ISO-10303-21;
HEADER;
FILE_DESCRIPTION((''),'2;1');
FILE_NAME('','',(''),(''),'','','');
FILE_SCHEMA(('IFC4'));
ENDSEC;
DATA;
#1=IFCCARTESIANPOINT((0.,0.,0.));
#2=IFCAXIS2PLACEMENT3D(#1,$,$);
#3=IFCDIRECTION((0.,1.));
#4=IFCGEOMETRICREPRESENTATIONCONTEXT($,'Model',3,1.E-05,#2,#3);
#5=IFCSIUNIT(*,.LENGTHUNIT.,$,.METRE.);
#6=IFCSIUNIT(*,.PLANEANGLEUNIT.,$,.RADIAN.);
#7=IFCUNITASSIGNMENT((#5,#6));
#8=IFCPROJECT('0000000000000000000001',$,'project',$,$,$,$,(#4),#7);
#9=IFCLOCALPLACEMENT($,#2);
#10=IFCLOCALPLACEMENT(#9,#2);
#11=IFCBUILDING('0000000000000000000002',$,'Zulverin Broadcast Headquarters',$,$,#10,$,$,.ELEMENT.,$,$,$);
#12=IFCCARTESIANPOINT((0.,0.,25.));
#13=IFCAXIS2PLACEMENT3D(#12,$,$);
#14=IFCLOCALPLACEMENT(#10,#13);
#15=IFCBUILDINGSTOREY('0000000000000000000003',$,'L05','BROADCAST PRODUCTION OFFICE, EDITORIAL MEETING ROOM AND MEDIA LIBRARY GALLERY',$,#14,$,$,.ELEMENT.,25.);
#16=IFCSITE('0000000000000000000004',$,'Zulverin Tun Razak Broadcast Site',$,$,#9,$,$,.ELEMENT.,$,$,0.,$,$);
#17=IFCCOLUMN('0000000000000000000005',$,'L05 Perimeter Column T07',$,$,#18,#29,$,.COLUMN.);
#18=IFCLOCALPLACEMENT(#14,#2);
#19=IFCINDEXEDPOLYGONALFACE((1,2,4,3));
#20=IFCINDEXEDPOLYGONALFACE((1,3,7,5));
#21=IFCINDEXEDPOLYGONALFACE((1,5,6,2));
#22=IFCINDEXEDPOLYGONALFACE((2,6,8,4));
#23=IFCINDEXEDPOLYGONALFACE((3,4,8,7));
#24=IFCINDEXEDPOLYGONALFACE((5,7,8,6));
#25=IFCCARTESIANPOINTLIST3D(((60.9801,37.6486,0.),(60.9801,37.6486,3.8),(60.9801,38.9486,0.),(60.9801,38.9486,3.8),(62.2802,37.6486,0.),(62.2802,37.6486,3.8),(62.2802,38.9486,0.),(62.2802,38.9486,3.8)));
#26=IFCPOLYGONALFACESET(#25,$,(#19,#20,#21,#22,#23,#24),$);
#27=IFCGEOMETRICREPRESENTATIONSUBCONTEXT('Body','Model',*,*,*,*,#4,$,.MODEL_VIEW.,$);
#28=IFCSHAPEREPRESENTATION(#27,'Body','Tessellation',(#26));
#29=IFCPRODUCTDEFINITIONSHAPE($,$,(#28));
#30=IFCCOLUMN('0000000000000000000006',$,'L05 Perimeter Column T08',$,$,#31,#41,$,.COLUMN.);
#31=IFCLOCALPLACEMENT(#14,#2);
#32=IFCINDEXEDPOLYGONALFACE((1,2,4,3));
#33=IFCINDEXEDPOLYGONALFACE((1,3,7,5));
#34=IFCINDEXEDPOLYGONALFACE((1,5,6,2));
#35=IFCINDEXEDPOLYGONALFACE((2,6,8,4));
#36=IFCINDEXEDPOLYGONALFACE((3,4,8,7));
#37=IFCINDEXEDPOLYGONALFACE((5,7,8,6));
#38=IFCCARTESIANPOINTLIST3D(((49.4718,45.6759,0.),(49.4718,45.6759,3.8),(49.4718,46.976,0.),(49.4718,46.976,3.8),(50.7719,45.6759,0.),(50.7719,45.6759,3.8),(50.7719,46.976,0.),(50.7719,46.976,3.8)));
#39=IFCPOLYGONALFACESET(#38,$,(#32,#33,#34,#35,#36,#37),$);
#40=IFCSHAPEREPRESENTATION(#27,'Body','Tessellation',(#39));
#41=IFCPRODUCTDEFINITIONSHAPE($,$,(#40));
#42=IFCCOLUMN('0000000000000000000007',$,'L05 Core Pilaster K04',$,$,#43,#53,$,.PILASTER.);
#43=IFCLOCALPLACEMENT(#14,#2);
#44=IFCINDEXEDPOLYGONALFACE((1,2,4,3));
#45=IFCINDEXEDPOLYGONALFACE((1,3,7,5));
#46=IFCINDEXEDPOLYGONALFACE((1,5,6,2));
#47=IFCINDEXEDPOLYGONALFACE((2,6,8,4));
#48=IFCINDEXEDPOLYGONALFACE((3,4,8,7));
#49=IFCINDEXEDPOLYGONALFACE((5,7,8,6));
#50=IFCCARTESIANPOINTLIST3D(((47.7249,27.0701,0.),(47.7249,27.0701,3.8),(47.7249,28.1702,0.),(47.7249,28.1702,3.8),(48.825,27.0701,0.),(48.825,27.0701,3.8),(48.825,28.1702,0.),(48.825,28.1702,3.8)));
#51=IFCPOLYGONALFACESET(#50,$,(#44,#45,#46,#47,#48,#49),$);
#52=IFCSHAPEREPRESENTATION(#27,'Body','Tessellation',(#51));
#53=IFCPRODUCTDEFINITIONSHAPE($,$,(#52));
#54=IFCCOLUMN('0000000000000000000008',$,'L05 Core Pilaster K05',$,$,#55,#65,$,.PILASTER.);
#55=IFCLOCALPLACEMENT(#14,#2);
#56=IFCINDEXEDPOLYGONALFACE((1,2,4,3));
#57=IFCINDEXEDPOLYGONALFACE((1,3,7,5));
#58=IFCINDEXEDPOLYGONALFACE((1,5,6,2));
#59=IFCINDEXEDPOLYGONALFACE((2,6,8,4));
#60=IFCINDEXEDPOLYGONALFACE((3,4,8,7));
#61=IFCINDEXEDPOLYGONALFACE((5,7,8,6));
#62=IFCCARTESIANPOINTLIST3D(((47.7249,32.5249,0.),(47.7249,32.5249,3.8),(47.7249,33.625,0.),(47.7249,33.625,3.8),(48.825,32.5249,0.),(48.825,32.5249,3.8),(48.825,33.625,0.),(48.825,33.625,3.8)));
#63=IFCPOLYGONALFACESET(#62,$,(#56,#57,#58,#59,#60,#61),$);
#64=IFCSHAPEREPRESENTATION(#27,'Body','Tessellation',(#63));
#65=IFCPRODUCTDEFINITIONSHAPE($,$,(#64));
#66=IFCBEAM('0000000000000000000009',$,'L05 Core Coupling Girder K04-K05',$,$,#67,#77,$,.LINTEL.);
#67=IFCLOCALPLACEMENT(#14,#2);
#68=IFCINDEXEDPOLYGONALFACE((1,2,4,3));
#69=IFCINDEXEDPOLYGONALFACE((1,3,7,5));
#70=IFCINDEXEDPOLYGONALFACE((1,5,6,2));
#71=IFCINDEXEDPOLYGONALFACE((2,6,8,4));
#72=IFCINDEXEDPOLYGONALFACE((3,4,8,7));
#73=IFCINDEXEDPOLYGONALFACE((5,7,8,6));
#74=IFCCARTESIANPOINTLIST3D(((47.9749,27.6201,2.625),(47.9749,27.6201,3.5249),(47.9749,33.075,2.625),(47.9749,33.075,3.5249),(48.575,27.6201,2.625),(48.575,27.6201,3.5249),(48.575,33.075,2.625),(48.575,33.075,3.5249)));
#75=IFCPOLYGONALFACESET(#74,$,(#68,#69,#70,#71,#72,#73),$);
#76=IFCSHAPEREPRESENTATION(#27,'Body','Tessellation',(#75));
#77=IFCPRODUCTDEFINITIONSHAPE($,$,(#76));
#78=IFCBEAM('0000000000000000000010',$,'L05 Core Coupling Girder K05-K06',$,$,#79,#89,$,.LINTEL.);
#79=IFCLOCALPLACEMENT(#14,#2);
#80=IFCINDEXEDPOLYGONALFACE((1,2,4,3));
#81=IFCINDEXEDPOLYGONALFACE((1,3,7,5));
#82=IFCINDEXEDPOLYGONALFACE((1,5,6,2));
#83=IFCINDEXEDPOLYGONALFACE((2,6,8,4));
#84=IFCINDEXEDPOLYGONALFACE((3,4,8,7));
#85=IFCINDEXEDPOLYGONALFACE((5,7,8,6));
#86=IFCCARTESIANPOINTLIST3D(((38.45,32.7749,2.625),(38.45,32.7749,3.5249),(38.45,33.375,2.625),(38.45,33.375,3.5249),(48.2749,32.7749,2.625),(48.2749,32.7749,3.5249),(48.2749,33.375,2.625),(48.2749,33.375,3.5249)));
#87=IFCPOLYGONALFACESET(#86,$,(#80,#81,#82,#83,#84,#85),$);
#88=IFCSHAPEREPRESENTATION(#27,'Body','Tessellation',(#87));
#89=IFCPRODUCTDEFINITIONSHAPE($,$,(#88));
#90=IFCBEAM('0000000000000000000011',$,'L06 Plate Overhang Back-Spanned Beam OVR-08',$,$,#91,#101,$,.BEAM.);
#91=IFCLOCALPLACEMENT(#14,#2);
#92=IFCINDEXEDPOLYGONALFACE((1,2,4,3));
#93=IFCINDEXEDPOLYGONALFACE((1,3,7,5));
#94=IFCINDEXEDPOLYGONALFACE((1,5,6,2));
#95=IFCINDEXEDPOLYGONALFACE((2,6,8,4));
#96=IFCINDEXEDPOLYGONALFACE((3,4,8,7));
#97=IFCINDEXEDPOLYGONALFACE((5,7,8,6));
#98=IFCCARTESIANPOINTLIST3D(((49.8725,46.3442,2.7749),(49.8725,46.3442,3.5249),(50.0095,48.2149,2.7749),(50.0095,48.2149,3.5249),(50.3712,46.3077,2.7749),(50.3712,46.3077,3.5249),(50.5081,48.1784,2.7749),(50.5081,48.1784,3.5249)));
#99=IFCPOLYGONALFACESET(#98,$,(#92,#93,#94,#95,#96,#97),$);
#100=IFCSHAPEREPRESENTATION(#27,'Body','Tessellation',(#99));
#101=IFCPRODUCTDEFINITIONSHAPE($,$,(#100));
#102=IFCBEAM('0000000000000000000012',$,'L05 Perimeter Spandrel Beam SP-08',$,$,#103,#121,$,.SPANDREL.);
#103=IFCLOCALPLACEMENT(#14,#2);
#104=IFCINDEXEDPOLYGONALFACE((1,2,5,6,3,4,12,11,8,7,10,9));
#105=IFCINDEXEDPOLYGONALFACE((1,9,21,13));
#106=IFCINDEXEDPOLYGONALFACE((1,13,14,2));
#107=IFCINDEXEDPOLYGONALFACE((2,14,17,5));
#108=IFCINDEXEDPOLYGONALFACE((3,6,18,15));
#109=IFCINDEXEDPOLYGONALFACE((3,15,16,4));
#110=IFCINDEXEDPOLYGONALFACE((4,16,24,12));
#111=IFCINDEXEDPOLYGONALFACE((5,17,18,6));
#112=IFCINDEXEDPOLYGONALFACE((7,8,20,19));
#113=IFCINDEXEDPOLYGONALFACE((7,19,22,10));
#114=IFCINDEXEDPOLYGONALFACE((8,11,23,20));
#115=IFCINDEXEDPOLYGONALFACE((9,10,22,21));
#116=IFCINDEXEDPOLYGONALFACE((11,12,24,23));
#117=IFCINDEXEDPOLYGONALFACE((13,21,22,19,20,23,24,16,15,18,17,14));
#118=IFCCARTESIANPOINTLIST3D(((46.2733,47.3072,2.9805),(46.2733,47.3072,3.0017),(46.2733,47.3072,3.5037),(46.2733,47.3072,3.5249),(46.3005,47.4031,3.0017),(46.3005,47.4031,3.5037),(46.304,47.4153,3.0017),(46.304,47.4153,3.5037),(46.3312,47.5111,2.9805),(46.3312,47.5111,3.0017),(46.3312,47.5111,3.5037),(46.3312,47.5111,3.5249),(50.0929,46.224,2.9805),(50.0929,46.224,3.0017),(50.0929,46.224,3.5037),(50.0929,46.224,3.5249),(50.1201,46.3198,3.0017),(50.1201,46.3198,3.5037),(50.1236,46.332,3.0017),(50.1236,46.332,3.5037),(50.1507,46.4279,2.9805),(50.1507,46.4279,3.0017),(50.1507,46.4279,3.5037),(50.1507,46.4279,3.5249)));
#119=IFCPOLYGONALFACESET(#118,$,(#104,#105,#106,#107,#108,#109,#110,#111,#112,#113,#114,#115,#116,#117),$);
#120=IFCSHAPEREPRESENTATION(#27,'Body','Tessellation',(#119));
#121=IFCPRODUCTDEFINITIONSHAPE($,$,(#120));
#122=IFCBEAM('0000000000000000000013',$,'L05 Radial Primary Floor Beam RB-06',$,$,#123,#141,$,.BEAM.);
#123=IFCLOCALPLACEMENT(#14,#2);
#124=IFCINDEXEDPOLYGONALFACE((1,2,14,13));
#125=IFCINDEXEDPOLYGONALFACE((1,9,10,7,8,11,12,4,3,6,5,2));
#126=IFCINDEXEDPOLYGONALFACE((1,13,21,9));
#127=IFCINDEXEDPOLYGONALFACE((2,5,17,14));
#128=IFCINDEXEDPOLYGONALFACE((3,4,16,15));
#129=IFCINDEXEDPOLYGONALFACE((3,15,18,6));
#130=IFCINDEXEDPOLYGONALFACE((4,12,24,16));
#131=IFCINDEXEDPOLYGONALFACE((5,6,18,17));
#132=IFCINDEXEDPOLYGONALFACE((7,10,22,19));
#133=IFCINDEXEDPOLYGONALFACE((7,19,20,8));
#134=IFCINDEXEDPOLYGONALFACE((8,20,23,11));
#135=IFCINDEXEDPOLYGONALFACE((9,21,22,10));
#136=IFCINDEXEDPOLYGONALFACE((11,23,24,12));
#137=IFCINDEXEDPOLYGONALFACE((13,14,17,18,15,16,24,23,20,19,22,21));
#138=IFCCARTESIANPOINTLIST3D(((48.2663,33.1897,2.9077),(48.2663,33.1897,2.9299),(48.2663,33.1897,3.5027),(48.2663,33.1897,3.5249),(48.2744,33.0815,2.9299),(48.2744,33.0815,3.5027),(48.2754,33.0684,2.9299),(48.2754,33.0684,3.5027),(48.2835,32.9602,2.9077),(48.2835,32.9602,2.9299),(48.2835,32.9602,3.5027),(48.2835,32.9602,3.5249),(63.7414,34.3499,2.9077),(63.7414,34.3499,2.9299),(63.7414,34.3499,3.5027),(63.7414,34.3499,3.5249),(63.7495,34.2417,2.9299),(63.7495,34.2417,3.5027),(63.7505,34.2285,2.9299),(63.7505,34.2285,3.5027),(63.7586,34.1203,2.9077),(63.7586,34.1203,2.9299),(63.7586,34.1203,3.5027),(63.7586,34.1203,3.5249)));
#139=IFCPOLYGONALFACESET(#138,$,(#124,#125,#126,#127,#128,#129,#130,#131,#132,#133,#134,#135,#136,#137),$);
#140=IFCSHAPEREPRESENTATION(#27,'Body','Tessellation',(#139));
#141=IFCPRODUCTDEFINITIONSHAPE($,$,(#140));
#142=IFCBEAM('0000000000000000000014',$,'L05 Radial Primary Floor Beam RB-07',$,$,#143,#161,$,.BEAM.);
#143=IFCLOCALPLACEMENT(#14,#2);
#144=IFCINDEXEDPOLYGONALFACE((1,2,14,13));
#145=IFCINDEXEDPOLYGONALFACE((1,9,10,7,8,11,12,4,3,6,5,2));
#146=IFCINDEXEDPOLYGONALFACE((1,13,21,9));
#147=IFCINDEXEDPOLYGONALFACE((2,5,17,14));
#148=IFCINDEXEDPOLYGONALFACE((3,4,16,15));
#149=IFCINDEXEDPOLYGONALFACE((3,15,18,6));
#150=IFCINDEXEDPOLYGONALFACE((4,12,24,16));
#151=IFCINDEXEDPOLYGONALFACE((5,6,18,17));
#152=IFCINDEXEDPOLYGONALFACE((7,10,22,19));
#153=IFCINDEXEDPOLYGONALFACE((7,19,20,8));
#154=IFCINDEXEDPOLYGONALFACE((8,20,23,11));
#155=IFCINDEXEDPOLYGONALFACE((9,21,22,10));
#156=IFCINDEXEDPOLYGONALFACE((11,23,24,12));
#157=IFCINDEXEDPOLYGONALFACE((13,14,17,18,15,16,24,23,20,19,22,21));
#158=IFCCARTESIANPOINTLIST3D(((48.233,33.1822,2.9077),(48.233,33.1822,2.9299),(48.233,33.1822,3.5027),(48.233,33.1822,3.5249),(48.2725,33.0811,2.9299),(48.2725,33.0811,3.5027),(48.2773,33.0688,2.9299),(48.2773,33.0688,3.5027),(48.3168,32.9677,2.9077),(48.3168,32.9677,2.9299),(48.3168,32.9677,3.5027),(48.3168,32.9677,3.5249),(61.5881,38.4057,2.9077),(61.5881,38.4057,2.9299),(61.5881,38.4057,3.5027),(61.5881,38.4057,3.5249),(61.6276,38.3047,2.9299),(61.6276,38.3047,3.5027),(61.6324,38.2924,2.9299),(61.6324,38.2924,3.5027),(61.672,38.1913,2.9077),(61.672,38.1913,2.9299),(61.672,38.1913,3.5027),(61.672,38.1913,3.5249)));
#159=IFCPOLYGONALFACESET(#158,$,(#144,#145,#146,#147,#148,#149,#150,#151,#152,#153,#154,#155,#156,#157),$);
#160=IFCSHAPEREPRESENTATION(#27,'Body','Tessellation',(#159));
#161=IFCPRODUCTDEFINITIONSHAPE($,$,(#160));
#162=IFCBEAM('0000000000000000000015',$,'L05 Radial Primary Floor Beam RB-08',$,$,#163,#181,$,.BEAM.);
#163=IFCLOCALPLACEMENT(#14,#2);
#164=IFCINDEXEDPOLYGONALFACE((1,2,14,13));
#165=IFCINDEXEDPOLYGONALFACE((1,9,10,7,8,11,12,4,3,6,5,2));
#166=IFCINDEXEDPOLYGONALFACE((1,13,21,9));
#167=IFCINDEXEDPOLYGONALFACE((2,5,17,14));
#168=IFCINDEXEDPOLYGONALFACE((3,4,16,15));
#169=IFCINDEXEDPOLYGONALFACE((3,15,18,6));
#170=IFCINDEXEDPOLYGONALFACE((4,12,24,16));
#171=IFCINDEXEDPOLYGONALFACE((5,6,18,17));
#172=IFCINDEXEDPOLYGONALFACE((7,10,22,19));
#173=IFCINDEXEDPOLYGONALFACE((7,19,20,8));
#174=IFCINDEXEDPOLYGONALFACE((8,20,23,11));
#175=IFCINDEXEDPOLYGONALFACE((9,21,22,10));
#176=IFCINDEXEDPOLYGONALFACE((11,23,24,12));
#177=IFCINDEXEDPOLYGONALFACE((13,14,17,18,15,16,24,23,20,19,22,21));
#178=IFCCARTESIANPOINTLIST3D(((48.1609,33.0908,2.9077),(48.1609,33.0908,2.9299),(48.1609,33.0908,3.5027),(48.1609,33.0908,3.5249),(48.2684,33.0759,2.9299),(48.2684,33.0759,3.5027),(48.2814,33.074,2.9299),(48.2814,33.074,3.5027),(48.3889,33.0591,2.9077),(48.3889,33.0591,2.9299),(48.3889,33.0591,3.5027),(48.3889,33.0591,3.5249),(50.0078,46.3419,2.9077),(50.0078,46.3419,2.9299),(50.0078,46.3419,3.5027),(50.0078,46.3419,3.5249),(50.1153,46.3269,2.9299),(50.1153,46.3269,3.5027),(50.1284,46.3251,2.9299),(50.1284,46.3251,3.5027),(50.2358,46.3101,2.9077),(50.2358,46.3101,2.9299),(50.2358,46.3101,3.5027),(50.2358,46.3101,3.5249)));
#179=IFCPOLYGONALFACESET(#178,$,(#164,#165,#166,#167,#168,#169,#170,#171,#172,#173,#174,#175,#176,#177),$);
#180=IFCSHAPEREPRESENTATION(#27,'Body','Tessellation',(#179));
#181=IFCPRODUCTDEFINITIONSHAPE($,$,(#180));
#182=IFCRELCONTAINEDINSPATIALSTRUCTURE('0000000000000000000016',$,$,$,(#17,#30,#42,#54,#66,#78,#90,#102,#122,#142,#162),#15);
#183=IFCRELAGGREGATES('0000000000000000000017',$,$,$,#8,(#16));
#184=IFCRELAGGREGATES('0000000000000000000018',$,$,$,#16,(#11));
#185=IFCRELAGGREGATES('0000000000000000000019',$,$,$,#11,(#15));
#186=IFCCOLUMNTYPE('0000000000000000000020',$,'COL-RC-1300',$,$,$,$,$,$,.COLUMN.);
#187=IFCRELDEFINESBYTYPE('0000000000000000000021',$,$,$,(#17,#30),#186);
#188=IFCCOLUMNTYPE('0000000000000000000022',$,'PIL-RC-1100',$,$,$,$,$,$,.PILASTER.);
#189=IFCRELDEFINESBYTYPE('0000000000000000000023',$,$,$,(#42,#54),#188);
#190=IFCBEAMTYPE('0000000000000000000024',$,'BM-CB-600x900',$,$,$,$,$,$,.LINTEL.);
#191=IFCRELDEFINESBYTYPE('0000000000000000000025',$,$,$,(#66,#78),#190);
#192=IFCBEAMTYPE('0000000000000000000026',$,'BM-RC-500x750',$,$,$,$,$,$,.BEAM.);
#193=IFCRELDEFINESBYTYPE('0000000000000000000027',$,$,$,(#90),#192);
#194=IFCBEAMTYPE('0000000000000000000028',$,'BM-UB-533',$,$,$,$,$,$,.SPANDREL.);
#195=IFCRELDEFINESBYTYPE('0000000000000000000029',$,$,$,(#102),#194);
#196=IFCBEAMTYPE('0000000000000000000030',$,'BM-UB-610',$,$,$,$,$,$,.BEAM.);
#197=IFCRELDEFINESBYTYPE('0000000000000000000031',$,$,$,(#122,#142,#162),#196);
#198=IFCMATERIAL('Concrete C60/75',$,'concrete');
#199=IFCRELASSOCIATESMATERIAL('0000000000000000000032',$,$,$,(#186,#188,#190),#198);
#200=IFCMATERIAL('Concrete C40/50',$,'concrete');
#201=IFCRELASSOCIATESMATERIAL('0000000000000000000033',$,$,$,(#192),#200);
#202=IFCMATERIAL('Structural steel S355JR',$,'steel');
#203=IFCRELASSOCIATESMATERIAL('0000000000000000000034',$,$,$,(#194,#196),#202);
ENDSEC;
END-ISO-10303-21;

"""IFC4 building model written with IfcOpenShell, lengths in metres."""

from ifc_helpers import new_model, si_unit, direction, frame, origin, origin_2d, place, context, subcontext, project, spatial, rectangle, i_section, extrude, material, material_profile, profile_set, type_object, element, save


model = new_model("IFC4")

# Units and contexts
model_context = context("Model", 3, precision=1e-05, world=origin(), true_north=direction((0.0, 1.0)))
body_context = subcontext(model_context, "Body", "Model", "MODEL_VIEW")
ifc_project = project(units=[si_unit("LENGTHUNIT", "METRE"), si_unit("PLANEANGLEUNIT", "RADIAN")], contexts=[model_context])

# Site, building, storey
site_placement = place(None, origin())
site = spatial("IfcSite", under=ifc_project, at=site_placement, Name="Zulverin Tun Razak Broadcast Site", CompositionType="ELEMENT", RefElevation=0.0)
building_placement = place(site_placement, origin())
building = spatial("IfcBuilding", under=site, at=building_placement, Name="Zulverin Broadcast Headquarters", CompositionType="ELEMENT")
storey_placement = place(building_placement, frame((0.0, 0.0, 25.0)))
storey = spatial("IfcBuildingStorey", under=building, at=storey_placement, Name="L05", Description="BROADCAST PRODUCTION OFFICE, EDITORIAL MEETING ROOM AND MEDIA LIBRARY GALLERY", CompositionType="ELEMENT", Elevation=25.0)

# Columns
ifc_material_1 = material(Name="Concrete C60/75", Category="concrete")
ifc_material_profile_1 = material_profile(ifc_material_1, rectangle(XDim=1.3, YDim=1.3, at=origin_2d()), Name="Concrete C60/75", Category="concrete")
ifc_profile_set_1 = profile_set([ifc_material_profile_1], Name="Concrete C60/75")
column_type_1 = type_object("IfcColumnType", Name="COL-RC-1300", PredefinedType="COLUMN", material=ifc_profile_set_1)
for number, where, z_axis, x_axis, name in (
    (1, (61.6301, 38.2986, 0.0), (0.0, 0.0, 1.0), (1.0, 0.0, 0.0), "L05 Perimeter Column T07"),
    (2, (50.1218, 46.3259, 0.0), (0.0, 0.0, 1.0), (1.0, 0.0, 0.0), "L05 Perimeter Column T08"),
):
    element("IfcColumn", number, at=place(storey_placement, frame(where, z_axis=z_axis, x_axis=x_axis)), inside=storey, type_object=column_type_1, Name=name, PredefinedType="COLUMN", context=body_context, shape_type="SweptSolid", body=[
        extrude(rectangle(XDim=1.3, YDim=1.3, at=origin_2d()), origin(), (0.0, 0.0, 1.0), 3.8),
    ])
ifc_material_profile_2 = material_profile(ifc_material_1, rectangle(XDim=1.1001, YDim=1.1001, at=origin_2d()), Name="Concrete C60/75", Category="concrete")
ifc_profile_set_2 = profile_set([ifc_material_profile_2], Name="Concrete C60/75")
column_type_2 = type_object("IfcColumnType", Name="PIL-RC-1100", PredefinedType="PILASTER", material=ifc_profile_set_2)
for number, where, z_axis, x_axis, name in (
    (3, (48.2749, 27.6201, 0.0), (0.0, 0.0, 1.0), (1.0, 0.0, 0.0), "L05 Core Pilaster K04"),
    (4, (48.2749, 33.075, 0.0), (0.0, 0.0, 1.0), (1.0, 0.0, 0.0), "L05 Core Pilaster K05"),
):
    element("IfcColumn", number, at=place(storey_placement, frame(where, z_axis=z_axis, x_axis=x_axis)), inside=storey, type_object=column_type_2, Name=name, PredefinedType="PILASTER", context=body_context, shape_type="SweptSolid", body=[
        extrude(rectangle(XDim=1.1001, YDim=1.1001, at=origin_2d()), origin(), (0.0, 0.0, 1.0), 3.8),
    ])

# Beams
ifc_material_profile_3 = material_profile(ifc_material_1, rectangle(XDim=0.6001, YDim=0.8999, at=origin_2d()), Name="Concrete C60/75", Category="concrete")
ifc_profile_set_3 = profile_set([ifc_material_profile_3], Name="Concrete C60/75")
beam_type_1 = type_object("IfcBeamType", Name="BM-CB-600x900", PredefinedType="LINTEL", material=ifc_profile_set_3)
beam_1_placement = place(storey_placement, frame((48.2749, 27.6201, 3.075), z_axis=(0.0, 1.0, 0.0), x_axis=(-1.0, 0.0, 0.0)))
element("IfcBeam", 5, at=beam_1_placement, inside=storey, type_object=beam_type_1, Name="L05 Core Coupling Girder K04-K05", PredefinedType="LINTEL", context=body_context, shape_type="SweptSolid", body=[
    extrude(rectangle(XDim=0.6001, YDim=0.8999, at=origin_2d()), origin(), (0.0, 0.0, 1.0), 5.4548),
])
beam_2_placement = place(storey_placement, frame((48.2749, 33.075, 3.075), z_axis=(-1.0, 0.0, 0.0), x_axis=(0.0, -1.0, 0.0)))
element("IfcBeam", 6, at=beam_2_placement, inside=storey, type_object=beam_type_1, Name="L05 Core Coupling Girder K05-K06", PredefinedType="LINTEL", context=body_context, shape_type="SweptSolid", body=[
    extrude(rectangle(XDim=0.6001, YDim=0.8999, at=origin_2d()), origin(), (0.0, 0.0, 1.0), 9.825),
])
ifc_material_2 = material(Name="Concrete C40/50", Category="concrete")
ifc_material_profile_4 = material_profile(ifc_material_2, rectangle(XDim=0.5, YDim=0.75, at=origin_2d()), Name="Concrete C40/50", Category="concrete")
ifc_profile_set_4 = profile_set([ifc_material_profile_4], Name="Concrete C40/50")
beam_type_2 = type_object("IfcBeamType", Name="BM-RC-500x750", PredefinedType="BEAM", material=ifc_profile_set_4)
beam_3_placement = place(storey_placement, frame((50.1218, 46.3259, 3.1499), z_axis=(0.073023, 0.99733, 0.0), x_axis=(-0.99733, 0.073023, 0.0)))
element("IfcBeam", 7, at=beam_3_placement, inside=storey, type_object=beam_type_2, Name="L06 Plate Overhang Back-Spanned Beam OVR-08", PredefinedType="BEAM", context=body_context, shape_type="SweptSolid", body=[
    extrude(rectangle(XDim=0.5, YDim=0.75, at=origin_2d()), origin(), (0.0, 0.0, 1.0), 1.8757),
])
ifc_material_3 = material(Name="Structural steel S355JR", Category="steel")
ifc_material_profile_5 = material_profile(ifc_material_3, i_section(OverallWidth=0.2119, OverallDepth=0.5444, WebThickness=0.0127, FlangeThickness=0.0212, at=origin_2d()), Name="Structural steel S355JR", Category="steel")
ifc_profile_set_5 = profile_set([ifc_material_profile_5], Name="Structural steel S355JR")
beam_type_3 = type_object("IfcBeamType", Name="BM-UB-533", PredefinedType="SPANDREL", material=ifc_profile_set_5)
beam_4_placement = place(storey_placement, frame((50.1218, 46.3259, 3.2527), z_axis=(-0.962058, 0.272844, 0.0), x_axis=(-0.272844, -0.962058, 0.0)))
element("IfcBeam", 8, at=beam_4_placement, inside=storey, type_object=beam_type_3, Name="L05 Perimeter Spandrel Beam SP-08", PredefinedType="SPANDREL", context=body_context, shape_type="SweptSolid", body=[
    extrude(i_section(OverallWidth=0.2119, OverallDepth=0.5444, WebThickness=0.0127, FlangeThickness=0.0212, at=origin_2d()), origin(), (0.0, 0.0, 1.0), 3.9702),
])
ifc_material_profile_6 = material_profile(ifc_material_3, i_section(OverallWidth=0.2302, OverallDepth=0.6172, WebThickness=0.0132, FlangeThickness=0.0222, at=origin_2d()), Name="Structural steel S355JR", Category="steel")
ifc_profile_set_6 = profile_set([ifc_material_profile_6], Name="Structural steel S355JR")
beam_type_4 = type_object("IfcBeamType", Name="BM-UB-610", PredefinedType="BEAM", material=ifc_profile_set_6)
beam_5_placement = place(storey_placement, frame((48.2749, 33.075, 3.2163), z_axis=(0.997202, 0.074759, 0.0), x_axis=(-0.074759, 0.997202, 0.0)))
element("IfcBeam", 9, at=beam_5_placement, inside=storey, type_object=beam_type_4, Name="L05 Radial Primary Floor Beam RB-06", PredefinedType="BEAM", context=body_context, shape_type="SweptSolid", body=[
    extrude(i_section(OverallWidth=0.2302, OverallDepth=0.6172, WebThickness=0.0132, FlangeThickness=0.0222, at=origin_2d()), origin(), (0.0, 0.0, 1.0), 15.5186),
])
beam_6_placement = place(storey_placement, frame((48.2749, 33.075, 3.2163), z_axis=(0.931298, 0.364259, 0.0), x_axis=(-0.364259, 0.931298, 0.0)))
element("IfcBeam", 10, at=beam_6_placement, inside=storey, type_object=beam_type_4, Name="L05 Radial Primary Floor Beam RB-07", PredefinedType="BEAM", context=body_context, shape_type="SweptSolid", body=[
    extrude(i_section(OverallWidth=0.2302, OverallDepth=0.6172, WebThickness=0.0132, FlangeThickness=0.0222, at=origin_2d()), origin(), (0.0, 0.0, 1.0), 14.3403),
])
beam_7_placement = place(storey_placement, frame((48.2749, 33.075, 3.2163), z_axis=(0.138046, 0.990426, 0.0), x_axis=(-0.990426, 0.138046, 0.0)))
element("IfcBeam", 11, at=beam_7_placement, inside=storey, type_object=beam_type_4, Name="L05 Radial Primary Floor Beam RB-08", PredefinedType="BEAM", context=body_context, shape_type="SweptSolid", body=[
    extrude(i_section(OverallWidth=0.2302, OverallDepth=0.6172, WebThickness=0.0132, FlangeThickness=0.0222, at=origin_2d()), origin(), (0.0, 0.0, 1.0), 13.3792),
])

save(model, "model.ifc")
